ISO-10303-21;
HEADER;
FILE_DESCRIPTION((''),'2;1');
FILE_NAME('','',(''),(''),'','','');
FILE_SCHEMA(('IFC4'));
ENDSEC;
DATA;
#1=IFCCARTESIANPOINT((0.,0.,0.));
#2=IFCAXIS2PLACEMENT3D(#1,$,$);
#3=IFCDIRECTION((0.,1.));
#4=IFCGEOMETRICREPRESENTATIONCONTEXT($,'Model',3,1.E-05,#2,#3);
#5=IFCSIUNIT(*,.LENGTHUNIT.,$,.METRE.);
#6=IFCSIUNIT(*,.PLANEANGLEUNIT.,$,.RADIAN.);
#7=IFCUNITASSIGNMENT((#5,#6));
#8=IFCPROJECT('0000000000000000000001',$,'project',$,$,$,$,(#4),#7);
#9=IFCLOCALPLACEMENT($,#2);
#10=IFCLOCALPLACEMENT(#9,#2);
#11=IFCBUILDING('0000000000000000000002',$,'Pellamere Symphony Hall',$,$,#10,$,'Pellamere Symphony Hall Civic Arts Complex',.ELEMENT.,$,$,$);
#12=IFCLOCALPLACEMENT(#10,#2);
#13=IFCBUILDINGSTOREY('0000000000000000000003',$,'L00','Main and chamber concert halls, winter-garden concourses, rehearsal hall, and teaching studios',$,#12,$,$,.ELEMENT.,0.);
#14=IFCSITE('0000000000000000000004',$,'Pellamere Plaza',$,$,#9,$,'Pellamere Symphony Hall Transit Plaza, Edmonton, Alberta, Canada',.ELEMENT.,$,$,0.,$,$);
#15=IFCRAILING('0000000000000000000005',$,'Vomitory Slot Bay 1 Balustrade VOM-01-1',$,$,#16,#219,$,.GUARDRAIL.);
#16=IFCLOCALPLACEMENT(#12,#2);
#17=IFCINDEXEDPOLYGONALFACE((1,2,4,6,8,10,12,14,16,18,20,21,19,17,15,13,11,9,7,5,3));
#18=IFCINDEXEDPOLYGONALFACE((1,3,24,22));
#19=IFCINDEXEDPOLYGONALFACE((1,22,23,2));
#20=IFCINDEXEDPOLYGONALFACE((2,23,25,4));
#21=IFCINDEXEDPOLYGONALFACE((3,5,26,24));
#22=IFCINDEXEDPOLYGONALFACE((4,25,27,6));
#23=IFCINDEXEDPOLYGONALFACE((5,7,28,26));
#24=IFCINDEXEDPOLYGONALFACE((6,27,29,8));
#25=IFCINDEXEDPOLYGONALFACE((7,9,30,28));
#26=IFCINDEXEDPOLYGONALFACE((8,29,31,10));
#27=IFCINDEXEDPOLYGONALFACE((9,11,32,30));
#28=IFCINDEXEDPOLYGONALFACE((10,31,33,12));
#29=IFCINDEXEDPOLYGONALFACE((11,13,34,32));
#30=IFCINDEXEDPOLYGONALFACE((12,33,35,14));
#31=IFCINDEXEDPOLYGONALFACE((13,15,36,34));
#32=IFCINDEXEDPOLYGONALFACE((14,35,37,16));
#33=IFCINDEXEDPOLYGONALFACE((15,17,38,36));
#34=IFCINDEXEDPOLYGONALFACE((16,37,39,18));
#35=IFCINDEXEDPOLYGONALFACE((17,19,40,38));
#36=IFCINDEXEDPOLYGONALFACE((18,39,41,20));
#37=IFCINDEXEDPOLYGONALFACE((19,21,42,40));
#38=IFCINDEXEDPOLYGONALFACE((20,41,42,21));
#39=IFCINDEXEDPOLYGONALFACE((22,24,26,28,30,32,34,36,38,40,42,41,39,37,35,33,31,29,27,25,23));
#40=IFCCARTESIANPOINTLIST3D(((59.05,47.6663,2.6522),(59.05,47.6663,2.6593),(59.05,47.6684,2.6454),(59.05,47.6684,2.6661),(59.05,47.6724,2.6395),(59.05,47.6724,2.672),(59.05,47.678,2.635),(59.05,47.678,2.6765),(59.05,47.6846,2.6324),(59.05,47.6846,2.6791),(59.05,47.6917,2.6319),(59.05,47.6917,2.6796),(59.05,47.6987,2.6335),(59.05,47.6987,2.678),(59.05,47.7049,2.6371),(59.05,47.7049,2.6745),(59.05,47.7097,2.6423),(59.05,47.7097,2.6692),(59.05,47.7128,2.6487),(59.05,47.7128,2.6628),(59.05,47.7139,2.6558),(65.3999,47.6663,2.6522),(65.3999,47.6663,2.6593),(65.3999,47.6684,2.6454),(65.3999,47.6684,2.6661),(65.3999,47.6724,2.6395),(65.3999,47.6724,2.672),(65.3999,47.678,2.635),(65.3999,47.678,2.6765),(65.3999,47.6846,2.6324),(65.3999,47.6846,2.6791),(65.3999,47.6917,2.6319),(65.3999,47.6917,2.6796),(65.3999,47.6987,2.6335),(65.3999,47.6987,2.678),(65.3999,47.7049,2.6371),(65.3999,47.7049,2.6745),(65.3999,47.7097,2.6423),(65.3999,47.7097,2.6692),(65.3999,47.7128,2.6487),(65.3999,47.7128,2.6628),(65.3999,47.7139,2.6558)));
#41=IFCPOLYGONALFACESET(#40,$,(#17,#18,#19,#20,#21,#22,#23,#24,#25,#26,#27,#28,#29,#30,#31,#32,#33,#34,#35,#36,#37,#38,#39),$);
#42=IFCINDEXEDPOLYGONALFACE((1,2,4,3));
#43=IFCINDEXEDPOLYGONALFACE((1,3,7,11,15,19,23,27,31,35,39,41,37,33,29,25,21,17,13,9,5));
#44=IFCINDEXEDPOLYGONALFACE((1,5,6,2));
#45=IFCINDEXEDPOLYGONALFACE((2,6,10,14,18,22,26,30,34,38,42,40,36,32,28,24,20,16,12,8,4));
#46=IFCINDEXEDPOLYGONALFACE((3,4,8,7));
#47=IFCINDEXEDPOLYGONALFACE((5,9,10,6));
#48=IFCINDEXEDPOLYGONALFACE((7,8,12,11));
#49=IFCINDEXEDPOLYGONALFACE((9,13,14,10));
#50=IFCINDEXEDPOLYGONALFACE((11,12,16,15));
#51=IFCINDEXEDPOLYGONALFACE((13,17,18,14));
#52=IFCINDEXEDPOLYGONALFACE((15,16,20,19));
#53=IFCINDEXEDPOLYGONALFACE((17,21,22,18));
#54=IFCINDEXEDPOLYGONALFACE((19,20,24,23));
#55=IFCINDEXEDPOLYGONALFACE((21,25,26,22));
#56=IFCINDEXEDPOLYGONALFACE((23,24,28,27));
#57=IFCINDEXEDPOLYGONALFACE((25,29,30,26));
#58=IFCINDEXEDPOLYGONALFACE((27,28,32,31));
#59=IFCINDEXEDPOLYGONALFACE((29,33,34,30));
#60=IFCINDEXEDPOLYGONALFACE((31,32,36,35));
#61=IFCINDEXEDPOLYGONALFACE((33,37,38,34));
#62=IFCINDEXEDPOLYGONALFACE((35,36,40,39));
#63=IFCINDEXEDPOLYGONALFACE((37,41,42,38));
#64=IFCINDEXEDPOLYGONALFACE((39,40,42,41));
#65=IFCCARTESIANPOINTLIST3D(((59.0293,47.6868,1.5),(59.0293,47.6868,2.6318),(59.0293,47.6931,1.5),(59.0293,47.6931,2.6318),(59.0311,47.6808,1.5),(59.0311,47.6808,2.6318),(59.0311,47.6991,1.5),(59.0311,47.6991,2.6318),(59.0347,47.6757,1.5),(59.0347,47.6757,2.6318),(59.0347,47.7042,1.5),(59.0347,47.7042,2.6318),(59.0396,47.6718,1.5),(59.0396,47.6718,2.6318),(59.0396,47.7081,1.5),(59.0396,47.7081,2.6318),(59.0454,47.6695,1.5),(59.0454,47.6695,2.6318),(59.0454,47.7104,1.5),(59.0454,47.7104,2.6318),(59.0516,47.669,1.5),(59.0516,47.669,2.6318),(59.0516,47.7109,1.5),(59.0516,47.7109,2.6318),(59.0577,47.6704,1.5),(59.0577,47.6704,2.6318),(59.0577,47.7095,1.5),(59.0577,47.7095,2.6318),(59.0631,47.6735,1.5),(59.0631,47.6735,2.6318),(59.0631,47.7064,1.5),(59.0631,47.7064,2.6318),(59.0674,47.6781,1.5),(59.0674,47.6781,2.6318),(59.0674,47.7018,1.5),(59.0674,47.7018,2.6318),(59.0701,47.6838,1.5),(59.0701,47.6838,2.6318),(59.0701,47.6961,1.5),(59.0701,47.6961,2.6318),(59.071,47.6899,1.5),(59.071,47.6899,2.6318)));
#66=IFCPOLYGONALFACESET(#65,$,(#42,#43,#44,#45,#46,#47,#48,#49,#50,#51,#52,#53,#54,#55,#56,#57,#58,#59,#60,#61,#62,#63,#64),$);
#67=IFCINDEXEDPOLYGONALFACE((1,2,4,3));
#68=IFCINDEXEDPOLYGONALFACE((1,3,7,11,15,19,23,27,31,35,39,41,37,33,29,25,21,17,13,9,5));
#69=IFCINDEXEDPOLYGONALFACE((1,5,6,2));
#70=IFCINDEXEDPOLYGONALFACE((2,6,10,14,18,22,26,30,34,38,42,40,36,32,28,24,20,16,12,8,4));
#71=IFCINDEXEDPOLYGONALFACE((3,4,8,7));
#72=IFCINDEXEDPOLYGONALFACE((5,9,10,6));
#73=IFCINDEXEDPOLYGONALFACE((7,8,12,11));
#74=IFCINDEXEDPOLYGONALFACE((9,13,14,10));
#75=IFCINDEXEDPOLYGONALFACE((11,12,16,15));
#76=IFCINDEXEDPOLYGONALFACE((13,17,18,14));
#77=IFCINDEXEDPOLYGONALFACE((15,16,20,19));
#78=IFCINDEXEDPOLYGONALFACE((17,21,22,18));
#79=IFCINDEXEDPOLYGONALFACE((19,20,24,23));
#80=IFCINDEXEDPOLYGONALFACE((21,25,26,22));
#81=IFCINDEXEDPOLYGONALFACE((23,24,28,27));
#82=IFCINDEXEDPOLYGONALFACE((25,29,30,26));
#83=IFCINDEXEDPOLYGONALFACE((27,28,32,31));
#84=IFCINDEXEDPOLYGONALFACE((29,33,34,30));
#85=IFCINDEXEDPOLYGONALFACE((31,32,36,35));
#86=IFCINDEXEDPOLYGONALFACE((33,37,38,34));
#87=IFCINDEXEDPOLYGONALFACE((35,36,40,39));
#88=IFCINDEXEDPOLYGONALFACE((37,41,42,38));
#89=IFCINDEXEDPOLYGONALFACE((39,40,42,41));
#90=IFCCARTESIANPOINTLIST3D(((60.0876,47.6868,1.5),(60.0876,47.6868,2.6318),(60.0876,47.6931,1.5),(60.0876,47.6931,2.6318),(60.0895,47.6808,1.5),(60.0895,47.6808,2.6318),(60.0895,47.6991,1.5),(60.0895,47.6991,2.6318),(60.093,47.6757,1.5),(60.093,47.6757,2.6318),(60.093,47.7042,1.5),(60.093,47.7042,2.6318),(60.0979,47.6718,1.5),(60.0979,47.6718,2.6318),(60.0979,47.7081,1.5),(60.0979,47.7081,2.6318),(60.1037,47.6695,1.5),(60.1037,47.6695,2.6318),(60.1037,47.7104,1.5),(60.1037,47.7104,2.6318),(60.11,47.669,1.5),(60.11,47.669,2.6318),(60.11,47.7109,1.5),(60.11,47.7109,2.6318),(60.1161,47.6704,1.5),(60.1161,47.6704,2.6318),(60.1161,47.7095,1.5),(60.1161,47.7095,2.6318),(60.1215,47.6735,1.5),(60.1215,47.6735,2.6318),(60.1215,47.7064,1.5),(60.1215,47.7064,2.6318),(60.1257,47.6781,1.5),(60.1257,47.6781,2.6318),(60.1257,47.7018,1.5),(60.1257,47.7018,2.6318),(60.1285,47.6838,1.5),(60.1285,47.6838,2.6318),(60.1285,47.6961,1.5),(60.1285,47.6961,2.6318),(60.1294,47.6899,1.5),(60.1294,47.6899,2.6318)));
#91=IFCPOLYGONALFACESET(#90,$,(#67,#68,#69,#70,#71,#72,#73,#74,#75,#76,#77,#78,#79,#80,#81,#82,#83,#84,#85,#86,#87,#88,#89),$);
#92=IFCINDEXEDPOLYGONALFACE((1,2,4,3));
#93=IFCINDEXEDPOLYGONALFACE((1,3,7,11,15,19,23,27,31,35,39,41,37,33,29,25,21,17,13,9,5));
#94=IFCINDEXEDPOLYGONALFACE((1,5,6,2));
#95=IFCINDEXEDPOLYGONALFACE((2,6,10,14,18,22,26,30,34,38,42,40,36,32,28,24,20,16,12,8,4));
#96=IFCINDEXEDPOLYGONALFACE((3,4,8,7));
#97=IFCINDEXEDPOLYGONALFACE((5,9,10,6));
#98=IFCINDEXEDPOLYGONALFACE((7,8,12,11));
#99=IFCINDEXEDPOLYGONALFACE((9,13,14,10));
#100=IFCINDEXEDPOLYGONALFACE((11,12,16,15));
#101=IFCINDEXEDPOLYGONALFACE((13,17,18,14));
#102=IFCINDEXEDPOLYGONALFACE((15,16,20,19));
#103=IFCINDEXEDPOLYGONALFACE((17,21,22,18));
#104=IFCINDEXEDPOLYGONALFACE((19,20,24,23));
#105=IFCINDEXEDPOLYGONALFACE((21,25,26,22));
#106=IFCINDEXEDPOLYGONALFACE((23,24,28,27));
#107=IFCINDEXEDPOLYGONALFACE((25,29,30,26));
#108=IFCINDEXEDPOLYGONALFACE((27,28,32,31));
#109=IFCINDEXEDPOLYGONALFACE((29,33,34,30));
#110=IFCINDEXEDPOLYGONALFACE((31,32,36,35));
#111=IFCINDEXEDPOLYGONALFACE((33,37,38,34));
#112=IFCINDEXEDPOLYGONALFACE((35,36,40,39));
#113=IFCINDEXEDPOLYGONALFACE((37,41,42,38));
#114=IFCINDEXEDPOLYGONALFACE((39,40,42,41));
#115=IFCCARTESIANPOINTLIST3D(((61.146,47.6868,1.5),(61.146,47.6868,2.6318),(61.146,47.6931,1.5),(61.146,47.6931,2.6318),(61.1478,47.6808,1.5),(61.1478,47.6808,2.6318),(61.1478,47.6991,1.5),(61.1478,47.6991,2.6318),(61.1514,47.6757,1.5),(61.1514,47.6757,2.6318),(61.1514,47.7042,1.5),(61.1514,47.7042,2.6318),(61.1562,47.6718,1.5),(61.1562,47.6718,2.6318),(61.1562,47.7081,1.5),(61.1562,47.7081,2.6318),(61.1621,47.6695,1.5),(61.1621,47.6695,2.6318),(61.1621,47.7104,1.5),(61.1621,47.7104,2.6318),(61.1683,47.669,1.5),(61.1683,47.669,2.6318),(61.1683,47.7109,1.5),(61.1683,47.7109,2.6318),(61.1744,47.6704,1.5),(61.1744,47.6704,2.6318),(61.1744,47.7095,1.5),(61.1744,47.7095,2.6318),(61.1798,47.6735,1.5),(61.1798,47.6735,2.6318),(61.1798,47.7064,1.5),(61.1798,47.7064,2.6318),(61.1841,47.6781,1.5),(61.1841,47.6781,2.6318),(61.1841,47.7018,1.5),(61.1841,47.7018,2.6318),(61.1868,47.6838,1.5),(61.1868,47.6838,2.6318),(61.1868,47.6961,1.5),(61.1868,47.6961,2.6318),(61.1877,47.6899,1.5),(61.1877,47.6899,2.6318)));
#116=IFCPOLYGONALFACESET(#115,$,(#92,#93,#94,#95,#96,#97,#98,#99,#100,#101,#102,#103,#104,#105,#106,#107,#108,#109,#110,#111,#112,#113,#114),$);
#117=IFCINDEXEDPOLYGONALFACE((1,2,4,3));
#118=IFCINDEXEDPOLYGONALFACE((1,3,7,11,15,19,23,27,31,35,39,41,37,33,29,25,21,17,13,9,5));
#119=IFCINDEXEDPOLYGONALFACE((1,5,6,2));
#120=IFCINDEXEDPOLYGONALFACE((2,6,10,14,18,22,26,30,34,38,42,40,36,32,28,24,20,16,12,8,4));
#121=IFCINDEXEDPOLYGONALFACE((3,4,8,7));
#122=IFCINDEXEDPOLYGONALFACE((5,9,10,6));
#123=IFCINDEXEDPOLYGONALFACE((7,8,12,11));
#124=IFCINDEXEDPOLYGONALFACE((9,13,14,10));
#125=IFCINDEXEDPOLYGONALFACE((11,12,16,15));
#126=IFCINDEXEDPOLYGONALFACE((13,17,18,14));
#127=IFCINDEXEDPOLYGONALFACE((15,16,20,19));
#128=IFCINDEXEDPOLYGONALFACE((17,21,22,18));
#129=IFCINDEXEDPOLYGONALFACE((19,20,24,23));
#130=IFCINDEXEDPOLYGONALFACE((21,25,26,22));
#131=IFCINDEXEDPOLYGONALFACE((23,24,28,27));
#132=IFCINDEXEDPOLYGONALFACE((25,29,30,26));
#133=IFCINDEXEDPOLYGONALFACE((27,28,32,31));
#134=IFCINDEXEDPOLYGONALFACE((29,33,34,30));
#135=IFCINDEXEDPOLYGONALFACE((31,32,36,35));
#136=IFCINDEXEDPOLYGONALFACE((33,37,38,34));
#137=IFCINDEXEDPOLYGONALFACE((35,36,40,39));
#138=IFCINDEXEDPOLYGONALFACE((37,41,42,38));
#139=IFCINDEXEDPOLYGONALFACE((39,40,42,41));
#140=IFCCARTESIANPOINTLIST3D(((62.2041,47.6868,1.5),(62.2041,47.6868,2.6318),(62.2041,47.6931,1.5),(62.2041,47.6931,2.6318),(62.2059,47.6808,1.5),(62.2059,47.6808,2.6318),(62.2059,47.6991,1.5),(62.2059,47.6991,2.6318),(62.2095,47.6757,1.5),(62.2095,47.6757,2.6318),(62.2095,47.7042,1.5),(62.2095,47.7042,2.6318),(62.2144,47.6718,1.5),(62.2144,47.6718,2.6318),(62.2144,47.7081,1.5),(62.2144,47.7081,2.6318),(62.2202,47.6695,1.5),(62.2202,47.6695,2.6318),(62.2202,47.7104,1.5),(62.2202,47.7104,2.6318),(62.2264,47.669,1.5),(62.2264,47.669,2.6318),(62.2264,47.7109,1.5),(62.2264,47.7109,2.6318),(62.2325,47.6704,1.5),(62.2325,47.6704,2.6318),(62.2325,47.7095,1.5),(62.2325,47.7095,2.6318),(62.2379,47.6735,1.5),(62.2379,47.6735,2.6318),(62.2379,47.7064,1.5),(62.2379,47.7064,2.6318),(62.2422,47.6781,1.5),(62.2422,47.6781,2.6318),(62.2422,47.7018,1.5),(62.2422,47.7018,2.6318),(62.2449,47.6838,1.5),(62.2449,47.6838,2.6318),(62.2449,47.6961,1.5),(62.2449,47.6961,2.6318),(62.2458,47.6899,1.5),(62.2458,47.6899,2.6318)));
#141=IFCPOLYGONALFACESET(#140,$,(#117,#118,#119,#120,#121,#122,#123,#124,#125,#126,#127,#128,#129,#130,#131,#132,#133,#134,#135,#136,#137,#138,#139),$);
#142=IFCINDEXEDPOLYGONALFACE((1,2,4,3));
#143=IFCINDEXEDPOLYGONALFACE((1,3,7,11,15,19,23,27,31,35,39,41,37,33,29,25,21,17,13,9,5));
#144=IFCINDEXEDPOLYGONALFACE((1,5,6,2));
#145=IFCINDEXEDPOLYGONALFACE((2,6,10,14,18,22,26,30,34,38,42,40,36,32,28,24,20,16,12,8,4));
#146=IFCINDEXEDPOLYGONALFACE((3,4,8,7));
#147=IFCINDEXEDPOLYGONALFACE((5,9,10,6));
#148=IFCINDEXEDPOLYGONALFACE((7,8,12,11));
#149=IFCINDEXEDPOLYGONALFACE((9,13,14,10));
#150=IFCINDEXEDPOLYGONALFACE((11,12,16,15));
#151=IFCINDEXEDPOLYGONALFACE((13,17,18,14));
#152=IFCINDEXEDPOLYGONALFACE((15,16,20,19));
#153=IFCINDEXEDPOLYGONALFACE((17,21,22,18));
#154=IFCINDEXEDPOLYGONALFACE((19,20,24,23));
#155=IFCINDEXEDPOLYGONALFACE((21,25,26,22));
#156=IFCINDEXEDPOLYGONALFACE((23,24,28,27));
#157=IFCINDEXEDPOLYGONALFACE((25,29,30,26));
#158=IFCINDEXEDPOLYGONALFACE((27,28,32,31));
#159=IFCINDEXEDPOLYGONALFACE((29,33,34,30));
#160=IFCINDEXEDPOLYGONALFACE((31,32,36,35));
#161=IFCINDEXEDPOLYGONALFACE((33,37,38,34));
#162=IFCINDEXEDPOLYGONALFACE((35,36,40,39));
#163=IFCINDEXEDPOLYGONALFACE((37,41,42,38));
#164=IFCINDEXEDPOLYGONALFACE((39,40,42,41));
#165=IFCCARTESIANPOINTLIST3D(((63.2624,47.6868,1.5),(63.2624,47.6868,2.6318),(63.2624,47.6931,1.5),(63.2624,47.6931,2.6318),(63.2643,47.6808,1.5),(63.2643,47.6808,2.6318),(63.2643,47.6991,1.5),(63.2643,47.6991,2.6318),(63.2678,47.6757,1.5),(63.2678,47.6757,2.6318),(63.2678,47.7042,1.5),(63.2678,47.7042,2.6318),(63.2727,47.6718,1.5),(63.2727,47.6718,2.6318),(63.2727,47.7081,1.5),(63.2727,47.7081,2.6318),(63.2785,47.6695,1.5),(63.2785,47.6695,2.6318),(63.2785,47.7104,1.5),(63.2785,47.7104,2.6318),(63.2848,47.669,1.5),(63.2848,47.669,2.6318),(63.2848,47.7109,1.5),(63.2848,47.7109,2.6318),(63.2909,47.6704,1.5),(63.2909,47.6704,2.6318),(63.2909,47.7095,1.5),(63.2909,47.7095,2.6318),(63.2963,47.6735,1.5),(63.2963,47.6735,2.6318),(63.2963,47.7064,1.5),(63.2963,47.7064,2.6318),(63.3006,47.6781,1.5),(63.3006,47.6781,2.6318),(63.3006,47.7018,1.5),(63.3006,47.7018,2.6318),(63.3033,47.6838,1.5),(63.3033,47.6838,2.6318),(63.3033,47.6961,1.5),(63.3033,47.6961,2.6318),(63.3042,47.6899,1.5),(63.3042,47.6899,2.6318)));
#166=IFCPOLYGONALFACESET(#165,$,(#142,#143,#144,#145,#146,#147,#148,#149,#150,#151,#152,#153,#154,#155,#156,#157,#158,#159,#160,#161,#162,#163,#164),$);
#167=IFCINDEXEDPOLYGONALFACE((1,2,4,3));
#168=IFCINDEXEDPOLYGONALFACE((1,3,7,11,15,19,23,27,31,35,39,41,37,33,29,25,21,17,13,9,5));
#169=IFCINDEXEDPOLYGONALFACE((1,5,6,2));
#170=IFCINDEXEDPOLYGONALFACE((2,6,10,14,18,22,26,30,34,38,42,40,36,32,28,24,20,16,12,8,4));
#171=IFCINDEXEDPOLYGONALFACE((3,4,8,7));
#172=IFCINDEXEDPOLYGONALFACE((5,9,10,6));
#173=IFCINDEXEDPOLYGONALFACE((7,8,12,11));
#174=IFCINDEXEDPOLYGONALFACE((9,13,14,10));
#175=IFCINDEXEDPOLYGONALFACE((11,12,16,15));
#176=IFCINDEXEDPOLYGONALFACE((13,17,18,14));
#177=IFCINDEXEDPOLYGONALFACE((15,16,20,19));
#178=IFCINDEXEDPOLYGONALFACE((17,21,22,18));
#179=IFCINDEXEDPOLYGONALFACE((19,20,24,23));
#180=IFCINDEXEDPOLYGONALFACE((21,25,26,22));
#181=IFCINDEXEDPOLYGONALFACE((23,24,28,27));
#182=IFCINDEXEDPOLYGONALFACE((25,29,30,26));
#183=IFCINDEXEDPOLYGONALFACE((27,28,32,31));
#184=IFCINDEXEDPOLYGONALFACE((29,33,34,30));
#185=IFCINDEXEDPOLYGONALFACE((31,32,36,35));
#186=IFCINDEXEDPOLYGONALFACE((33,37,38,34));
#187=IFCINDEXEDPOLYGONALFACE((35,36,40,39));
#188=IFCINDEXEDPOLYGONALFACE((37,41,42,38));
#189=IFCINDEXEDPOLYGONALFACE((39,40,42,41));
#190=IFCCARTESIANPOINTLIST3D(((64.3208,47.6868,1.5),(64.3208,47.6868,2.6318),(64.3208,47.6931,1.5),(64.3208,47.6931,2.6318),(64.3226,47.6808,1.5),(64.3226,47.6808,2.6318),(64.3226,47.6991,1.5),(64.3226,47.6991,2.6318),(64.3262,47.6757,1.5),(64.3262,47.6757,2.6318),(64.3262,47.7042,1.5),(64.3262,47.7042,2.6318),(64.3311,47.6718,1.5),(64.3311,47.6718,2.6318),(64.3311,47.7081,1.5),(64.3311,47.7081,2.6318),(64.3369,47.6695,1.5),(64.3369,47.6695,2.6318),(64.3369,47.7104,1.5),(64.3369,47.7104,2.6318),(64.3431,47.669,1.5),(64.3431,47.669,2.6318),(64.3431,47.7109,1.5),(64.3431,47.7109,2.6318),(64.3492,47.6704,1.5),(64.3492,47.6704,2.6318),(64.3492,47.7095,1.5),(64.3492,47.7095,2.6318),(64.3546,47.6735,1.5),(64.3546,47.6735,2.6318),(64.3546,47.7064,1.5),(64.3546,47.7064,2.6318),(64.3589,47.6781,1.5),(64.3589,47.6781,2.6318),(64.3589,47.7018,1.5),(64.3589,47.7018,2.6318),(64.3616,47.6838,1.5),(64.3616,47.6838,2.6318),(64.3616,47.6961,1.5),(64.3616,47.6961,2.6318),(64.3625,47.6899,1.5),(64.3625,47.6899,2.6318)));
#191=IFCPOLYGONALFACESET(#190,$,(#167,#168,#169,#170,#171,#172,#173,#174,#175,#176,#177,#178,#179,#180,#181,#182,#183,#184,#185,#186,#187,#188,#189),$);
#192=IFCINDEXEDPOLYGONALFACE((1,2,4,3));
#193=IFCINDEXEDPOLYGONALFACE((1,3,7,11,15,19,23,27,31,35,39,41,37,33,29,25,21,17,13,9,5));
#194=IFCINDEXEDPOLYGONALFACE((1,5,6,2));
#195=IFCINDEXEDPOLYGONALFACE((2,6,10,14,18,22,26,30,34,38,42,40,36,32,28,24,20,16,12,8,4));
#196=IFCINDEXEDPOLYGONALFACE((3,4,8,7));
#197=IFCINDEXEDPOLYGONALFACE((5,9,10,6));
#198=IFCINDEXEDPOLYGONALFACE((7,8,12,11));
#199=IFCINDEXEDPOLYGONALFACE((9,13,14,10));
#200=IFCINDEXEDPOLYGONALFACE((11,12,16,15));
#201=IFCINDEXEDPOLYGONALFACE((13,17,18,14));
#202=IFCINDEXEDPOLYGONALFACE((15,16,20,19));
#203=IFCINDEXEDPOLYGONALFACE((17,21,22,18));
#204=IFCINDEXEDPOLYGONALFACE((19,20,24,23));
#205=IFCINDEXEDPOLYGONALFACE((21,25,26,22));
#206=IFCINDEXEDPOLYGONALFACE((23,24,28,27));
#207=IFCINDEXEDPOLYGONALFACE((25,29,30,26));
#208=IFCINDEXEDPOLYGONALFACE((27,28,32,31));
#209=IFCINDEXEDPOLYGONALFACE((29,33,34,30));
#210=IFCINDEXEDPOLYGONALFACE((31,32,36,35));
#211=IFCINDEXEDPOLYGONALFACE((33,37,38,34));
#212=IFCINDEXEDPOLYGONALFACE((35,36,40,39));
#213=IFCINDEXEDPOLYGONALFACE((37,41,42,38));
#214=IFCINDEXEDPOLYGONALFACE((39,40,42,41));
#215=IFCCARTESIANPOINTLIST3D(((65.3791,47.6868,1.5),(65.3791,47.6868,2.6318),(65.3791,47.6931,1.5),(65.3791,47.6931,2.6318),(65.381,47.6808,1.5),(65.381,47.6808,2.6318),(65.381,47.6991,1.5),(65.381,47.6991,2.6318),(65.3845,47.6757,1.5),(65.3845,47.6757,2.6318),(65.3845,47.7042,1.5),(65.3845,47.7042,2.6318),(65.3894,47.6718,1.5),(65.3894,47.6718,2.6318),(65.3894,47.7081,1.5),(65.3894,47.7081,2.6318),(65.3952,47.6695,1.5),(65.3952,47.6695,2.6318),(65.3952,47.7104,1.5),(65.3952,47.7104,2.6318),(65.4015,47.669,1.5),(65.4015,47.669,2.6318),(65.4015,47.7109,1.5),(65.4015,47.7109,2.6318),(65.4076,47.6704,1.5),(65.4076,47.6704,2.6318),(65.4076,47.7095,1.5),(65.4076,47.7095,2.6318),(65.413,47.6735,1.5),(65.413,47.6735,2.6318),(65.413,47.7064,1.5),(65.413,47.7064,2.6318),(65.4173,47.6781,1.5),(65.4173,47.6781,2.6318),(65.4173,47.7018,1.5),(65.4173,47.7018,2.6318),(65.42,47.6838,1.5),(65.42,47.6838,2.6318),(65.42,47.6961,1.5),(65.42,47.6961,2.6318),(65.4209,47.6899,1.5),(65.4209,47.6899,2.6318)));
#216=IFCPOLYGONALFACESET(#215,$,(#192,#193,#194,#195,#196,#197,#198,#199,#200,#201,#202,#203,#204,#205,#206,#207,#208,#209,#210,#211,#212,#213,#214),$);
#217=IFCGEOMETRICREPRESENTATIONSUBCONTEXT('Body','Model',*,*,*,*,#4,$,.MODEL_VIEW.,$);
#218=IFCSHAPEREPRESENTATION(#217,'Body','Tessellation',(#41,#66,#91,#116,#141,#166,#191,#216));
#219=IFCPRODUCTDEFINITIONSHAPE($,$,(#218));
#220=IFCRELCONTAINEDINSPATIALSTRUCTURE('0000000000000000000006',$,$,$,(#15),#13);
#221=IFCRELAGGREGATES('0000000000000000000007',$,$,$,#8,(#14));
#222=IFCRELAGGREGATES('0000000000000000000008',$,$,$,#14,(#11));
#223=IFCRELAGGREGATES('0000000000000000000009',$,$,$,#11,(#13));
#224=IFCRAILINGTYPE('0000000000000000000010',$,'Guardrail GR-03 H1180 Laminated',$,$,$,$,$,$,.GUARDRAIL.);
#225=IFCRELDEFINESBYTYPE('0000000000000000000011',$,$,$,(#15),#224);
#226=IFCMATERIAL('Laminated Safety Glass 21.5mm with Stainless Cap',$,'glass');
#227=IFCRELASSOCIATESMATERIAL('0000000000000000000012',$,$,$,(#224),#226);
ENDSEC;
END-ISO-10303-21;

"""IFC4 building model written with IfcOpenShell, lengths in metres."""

from ifc_helpers import new_model, si_unit, direction, frame, origin, origin_2d, place, context, subcontext, project, spatial, circle, extrude, material, type_object, element, save


model = new_model("IFC4")

# Units and contexts
model_context = context("Model", 3, precision=1e-05, world=origin(), true_north=direction((0.0, 1.0)))
body_context = subcontext(model_context, "Body", "Model", "MODEL_VIEW")
ifc_project = project(units=[si_unit("LENGTHUNIT", "METRE"), si_unit("PLANEANGLEUNIT", "RADIAN")], contexts=[model_context])

# Site, building, storey
site_placement = place(None, origin())
site = spatial("IfcSite", under=ifc_project, at=site_placement, Name="Pellamere Plaza", LongName="Pellamere Symphony Hall Transit Plaza, Edmonton, Alberta, Canada", CompositionType="ELEMENT", RefElevation=0.0)
building_placement = place(site_placement, origin())
building = spatial("IfcBuilding", under=site, at=building_placement, Name="Pellamere Symphony Hall", LongName="Pellamere Symphony Hall Civic Arts Complex", CompositionType="ELEMENT")
storey_placement = place(building_placement, origin())
storey = spatial("IfcBuildingStorey", under=building, at=storey_placement, Name="L00", Description="Main and chamber concert halls, winter-garden concourses, rehearsal hall, and teaching studios", CompositionType="ELEMENT", Elevation=0.0)

# Railing
ifc_material_1 = material(Name="Laminated Safety Glass 21.5mm with Stainless Cap", Category="glass")
railing_type_1 = type_object("IfcRailingType", Name="Guardrail GR-03 H1180 Laminated", PredefinedType="GUARDRAIL", material=ifc_material_1)
railing_1_placement = place(storey_placement, frame((59.05, 47.6899, 1.5)))
element("IfcRailing", 1, at=railing_1_placement, inside=storey, type_object=railing_type_1, Name="Vomitory Slot Bay 1 Balustrade VOM-01-1", PredefinedType="GUARDRAIL", context=body_context, shape_type="SweptSolid", body=[
    extrude(circle(Radius=0.0239, at=origin_2d()), frame((0.0, 0.0, 1.1558), z_axis=(1.0, 0.0, 0.0), x_axis=(0.0, 1.0, 0.0)), (0.0, 0.0, 1.0), 6.3499),
    extrude(circle(Radius=0.021, at=origin_2d()), origin(), (0.0, 0.0, 1.0), 1.1318),
    extrude(circle(Radius=0.021, at=origin_2d()), frame((1.0583, 0.0, 0.0)), (0.0, 0.0, 1.0), 1.1318),
    extrude(circle(Radius=0.021, at=origin_2d()), frame((2.1167, 0.0, 0.0)), (0.0, 0.0, 1.0), 1.1318),
    extrude(circle(Radius=0.021, at=origin_2d()), frame((3.1748, 0.0, 0.0)), (0.0, 0.0, 1.0), 1.1318),
    extrude(circle(Radius=0.021, at=origin_2d()), frame((4.2332, 0.0, 0.0)), (0.0, 0.0, 1.0), 1.1318),
    extrude(circle(Radius=0.021, at=origin_2d()), frame((5.2915, 0.0, 0.0)), (0.0, 0.0, 1.0), 1.1318),
    extrude(circle(Radius=0.021, at=origin_2d()), frame((6.3499, 0.0, 0.0)), (0.0, 0.0, 1.0), 1.1318),
])

save(model, "model.ifc")
